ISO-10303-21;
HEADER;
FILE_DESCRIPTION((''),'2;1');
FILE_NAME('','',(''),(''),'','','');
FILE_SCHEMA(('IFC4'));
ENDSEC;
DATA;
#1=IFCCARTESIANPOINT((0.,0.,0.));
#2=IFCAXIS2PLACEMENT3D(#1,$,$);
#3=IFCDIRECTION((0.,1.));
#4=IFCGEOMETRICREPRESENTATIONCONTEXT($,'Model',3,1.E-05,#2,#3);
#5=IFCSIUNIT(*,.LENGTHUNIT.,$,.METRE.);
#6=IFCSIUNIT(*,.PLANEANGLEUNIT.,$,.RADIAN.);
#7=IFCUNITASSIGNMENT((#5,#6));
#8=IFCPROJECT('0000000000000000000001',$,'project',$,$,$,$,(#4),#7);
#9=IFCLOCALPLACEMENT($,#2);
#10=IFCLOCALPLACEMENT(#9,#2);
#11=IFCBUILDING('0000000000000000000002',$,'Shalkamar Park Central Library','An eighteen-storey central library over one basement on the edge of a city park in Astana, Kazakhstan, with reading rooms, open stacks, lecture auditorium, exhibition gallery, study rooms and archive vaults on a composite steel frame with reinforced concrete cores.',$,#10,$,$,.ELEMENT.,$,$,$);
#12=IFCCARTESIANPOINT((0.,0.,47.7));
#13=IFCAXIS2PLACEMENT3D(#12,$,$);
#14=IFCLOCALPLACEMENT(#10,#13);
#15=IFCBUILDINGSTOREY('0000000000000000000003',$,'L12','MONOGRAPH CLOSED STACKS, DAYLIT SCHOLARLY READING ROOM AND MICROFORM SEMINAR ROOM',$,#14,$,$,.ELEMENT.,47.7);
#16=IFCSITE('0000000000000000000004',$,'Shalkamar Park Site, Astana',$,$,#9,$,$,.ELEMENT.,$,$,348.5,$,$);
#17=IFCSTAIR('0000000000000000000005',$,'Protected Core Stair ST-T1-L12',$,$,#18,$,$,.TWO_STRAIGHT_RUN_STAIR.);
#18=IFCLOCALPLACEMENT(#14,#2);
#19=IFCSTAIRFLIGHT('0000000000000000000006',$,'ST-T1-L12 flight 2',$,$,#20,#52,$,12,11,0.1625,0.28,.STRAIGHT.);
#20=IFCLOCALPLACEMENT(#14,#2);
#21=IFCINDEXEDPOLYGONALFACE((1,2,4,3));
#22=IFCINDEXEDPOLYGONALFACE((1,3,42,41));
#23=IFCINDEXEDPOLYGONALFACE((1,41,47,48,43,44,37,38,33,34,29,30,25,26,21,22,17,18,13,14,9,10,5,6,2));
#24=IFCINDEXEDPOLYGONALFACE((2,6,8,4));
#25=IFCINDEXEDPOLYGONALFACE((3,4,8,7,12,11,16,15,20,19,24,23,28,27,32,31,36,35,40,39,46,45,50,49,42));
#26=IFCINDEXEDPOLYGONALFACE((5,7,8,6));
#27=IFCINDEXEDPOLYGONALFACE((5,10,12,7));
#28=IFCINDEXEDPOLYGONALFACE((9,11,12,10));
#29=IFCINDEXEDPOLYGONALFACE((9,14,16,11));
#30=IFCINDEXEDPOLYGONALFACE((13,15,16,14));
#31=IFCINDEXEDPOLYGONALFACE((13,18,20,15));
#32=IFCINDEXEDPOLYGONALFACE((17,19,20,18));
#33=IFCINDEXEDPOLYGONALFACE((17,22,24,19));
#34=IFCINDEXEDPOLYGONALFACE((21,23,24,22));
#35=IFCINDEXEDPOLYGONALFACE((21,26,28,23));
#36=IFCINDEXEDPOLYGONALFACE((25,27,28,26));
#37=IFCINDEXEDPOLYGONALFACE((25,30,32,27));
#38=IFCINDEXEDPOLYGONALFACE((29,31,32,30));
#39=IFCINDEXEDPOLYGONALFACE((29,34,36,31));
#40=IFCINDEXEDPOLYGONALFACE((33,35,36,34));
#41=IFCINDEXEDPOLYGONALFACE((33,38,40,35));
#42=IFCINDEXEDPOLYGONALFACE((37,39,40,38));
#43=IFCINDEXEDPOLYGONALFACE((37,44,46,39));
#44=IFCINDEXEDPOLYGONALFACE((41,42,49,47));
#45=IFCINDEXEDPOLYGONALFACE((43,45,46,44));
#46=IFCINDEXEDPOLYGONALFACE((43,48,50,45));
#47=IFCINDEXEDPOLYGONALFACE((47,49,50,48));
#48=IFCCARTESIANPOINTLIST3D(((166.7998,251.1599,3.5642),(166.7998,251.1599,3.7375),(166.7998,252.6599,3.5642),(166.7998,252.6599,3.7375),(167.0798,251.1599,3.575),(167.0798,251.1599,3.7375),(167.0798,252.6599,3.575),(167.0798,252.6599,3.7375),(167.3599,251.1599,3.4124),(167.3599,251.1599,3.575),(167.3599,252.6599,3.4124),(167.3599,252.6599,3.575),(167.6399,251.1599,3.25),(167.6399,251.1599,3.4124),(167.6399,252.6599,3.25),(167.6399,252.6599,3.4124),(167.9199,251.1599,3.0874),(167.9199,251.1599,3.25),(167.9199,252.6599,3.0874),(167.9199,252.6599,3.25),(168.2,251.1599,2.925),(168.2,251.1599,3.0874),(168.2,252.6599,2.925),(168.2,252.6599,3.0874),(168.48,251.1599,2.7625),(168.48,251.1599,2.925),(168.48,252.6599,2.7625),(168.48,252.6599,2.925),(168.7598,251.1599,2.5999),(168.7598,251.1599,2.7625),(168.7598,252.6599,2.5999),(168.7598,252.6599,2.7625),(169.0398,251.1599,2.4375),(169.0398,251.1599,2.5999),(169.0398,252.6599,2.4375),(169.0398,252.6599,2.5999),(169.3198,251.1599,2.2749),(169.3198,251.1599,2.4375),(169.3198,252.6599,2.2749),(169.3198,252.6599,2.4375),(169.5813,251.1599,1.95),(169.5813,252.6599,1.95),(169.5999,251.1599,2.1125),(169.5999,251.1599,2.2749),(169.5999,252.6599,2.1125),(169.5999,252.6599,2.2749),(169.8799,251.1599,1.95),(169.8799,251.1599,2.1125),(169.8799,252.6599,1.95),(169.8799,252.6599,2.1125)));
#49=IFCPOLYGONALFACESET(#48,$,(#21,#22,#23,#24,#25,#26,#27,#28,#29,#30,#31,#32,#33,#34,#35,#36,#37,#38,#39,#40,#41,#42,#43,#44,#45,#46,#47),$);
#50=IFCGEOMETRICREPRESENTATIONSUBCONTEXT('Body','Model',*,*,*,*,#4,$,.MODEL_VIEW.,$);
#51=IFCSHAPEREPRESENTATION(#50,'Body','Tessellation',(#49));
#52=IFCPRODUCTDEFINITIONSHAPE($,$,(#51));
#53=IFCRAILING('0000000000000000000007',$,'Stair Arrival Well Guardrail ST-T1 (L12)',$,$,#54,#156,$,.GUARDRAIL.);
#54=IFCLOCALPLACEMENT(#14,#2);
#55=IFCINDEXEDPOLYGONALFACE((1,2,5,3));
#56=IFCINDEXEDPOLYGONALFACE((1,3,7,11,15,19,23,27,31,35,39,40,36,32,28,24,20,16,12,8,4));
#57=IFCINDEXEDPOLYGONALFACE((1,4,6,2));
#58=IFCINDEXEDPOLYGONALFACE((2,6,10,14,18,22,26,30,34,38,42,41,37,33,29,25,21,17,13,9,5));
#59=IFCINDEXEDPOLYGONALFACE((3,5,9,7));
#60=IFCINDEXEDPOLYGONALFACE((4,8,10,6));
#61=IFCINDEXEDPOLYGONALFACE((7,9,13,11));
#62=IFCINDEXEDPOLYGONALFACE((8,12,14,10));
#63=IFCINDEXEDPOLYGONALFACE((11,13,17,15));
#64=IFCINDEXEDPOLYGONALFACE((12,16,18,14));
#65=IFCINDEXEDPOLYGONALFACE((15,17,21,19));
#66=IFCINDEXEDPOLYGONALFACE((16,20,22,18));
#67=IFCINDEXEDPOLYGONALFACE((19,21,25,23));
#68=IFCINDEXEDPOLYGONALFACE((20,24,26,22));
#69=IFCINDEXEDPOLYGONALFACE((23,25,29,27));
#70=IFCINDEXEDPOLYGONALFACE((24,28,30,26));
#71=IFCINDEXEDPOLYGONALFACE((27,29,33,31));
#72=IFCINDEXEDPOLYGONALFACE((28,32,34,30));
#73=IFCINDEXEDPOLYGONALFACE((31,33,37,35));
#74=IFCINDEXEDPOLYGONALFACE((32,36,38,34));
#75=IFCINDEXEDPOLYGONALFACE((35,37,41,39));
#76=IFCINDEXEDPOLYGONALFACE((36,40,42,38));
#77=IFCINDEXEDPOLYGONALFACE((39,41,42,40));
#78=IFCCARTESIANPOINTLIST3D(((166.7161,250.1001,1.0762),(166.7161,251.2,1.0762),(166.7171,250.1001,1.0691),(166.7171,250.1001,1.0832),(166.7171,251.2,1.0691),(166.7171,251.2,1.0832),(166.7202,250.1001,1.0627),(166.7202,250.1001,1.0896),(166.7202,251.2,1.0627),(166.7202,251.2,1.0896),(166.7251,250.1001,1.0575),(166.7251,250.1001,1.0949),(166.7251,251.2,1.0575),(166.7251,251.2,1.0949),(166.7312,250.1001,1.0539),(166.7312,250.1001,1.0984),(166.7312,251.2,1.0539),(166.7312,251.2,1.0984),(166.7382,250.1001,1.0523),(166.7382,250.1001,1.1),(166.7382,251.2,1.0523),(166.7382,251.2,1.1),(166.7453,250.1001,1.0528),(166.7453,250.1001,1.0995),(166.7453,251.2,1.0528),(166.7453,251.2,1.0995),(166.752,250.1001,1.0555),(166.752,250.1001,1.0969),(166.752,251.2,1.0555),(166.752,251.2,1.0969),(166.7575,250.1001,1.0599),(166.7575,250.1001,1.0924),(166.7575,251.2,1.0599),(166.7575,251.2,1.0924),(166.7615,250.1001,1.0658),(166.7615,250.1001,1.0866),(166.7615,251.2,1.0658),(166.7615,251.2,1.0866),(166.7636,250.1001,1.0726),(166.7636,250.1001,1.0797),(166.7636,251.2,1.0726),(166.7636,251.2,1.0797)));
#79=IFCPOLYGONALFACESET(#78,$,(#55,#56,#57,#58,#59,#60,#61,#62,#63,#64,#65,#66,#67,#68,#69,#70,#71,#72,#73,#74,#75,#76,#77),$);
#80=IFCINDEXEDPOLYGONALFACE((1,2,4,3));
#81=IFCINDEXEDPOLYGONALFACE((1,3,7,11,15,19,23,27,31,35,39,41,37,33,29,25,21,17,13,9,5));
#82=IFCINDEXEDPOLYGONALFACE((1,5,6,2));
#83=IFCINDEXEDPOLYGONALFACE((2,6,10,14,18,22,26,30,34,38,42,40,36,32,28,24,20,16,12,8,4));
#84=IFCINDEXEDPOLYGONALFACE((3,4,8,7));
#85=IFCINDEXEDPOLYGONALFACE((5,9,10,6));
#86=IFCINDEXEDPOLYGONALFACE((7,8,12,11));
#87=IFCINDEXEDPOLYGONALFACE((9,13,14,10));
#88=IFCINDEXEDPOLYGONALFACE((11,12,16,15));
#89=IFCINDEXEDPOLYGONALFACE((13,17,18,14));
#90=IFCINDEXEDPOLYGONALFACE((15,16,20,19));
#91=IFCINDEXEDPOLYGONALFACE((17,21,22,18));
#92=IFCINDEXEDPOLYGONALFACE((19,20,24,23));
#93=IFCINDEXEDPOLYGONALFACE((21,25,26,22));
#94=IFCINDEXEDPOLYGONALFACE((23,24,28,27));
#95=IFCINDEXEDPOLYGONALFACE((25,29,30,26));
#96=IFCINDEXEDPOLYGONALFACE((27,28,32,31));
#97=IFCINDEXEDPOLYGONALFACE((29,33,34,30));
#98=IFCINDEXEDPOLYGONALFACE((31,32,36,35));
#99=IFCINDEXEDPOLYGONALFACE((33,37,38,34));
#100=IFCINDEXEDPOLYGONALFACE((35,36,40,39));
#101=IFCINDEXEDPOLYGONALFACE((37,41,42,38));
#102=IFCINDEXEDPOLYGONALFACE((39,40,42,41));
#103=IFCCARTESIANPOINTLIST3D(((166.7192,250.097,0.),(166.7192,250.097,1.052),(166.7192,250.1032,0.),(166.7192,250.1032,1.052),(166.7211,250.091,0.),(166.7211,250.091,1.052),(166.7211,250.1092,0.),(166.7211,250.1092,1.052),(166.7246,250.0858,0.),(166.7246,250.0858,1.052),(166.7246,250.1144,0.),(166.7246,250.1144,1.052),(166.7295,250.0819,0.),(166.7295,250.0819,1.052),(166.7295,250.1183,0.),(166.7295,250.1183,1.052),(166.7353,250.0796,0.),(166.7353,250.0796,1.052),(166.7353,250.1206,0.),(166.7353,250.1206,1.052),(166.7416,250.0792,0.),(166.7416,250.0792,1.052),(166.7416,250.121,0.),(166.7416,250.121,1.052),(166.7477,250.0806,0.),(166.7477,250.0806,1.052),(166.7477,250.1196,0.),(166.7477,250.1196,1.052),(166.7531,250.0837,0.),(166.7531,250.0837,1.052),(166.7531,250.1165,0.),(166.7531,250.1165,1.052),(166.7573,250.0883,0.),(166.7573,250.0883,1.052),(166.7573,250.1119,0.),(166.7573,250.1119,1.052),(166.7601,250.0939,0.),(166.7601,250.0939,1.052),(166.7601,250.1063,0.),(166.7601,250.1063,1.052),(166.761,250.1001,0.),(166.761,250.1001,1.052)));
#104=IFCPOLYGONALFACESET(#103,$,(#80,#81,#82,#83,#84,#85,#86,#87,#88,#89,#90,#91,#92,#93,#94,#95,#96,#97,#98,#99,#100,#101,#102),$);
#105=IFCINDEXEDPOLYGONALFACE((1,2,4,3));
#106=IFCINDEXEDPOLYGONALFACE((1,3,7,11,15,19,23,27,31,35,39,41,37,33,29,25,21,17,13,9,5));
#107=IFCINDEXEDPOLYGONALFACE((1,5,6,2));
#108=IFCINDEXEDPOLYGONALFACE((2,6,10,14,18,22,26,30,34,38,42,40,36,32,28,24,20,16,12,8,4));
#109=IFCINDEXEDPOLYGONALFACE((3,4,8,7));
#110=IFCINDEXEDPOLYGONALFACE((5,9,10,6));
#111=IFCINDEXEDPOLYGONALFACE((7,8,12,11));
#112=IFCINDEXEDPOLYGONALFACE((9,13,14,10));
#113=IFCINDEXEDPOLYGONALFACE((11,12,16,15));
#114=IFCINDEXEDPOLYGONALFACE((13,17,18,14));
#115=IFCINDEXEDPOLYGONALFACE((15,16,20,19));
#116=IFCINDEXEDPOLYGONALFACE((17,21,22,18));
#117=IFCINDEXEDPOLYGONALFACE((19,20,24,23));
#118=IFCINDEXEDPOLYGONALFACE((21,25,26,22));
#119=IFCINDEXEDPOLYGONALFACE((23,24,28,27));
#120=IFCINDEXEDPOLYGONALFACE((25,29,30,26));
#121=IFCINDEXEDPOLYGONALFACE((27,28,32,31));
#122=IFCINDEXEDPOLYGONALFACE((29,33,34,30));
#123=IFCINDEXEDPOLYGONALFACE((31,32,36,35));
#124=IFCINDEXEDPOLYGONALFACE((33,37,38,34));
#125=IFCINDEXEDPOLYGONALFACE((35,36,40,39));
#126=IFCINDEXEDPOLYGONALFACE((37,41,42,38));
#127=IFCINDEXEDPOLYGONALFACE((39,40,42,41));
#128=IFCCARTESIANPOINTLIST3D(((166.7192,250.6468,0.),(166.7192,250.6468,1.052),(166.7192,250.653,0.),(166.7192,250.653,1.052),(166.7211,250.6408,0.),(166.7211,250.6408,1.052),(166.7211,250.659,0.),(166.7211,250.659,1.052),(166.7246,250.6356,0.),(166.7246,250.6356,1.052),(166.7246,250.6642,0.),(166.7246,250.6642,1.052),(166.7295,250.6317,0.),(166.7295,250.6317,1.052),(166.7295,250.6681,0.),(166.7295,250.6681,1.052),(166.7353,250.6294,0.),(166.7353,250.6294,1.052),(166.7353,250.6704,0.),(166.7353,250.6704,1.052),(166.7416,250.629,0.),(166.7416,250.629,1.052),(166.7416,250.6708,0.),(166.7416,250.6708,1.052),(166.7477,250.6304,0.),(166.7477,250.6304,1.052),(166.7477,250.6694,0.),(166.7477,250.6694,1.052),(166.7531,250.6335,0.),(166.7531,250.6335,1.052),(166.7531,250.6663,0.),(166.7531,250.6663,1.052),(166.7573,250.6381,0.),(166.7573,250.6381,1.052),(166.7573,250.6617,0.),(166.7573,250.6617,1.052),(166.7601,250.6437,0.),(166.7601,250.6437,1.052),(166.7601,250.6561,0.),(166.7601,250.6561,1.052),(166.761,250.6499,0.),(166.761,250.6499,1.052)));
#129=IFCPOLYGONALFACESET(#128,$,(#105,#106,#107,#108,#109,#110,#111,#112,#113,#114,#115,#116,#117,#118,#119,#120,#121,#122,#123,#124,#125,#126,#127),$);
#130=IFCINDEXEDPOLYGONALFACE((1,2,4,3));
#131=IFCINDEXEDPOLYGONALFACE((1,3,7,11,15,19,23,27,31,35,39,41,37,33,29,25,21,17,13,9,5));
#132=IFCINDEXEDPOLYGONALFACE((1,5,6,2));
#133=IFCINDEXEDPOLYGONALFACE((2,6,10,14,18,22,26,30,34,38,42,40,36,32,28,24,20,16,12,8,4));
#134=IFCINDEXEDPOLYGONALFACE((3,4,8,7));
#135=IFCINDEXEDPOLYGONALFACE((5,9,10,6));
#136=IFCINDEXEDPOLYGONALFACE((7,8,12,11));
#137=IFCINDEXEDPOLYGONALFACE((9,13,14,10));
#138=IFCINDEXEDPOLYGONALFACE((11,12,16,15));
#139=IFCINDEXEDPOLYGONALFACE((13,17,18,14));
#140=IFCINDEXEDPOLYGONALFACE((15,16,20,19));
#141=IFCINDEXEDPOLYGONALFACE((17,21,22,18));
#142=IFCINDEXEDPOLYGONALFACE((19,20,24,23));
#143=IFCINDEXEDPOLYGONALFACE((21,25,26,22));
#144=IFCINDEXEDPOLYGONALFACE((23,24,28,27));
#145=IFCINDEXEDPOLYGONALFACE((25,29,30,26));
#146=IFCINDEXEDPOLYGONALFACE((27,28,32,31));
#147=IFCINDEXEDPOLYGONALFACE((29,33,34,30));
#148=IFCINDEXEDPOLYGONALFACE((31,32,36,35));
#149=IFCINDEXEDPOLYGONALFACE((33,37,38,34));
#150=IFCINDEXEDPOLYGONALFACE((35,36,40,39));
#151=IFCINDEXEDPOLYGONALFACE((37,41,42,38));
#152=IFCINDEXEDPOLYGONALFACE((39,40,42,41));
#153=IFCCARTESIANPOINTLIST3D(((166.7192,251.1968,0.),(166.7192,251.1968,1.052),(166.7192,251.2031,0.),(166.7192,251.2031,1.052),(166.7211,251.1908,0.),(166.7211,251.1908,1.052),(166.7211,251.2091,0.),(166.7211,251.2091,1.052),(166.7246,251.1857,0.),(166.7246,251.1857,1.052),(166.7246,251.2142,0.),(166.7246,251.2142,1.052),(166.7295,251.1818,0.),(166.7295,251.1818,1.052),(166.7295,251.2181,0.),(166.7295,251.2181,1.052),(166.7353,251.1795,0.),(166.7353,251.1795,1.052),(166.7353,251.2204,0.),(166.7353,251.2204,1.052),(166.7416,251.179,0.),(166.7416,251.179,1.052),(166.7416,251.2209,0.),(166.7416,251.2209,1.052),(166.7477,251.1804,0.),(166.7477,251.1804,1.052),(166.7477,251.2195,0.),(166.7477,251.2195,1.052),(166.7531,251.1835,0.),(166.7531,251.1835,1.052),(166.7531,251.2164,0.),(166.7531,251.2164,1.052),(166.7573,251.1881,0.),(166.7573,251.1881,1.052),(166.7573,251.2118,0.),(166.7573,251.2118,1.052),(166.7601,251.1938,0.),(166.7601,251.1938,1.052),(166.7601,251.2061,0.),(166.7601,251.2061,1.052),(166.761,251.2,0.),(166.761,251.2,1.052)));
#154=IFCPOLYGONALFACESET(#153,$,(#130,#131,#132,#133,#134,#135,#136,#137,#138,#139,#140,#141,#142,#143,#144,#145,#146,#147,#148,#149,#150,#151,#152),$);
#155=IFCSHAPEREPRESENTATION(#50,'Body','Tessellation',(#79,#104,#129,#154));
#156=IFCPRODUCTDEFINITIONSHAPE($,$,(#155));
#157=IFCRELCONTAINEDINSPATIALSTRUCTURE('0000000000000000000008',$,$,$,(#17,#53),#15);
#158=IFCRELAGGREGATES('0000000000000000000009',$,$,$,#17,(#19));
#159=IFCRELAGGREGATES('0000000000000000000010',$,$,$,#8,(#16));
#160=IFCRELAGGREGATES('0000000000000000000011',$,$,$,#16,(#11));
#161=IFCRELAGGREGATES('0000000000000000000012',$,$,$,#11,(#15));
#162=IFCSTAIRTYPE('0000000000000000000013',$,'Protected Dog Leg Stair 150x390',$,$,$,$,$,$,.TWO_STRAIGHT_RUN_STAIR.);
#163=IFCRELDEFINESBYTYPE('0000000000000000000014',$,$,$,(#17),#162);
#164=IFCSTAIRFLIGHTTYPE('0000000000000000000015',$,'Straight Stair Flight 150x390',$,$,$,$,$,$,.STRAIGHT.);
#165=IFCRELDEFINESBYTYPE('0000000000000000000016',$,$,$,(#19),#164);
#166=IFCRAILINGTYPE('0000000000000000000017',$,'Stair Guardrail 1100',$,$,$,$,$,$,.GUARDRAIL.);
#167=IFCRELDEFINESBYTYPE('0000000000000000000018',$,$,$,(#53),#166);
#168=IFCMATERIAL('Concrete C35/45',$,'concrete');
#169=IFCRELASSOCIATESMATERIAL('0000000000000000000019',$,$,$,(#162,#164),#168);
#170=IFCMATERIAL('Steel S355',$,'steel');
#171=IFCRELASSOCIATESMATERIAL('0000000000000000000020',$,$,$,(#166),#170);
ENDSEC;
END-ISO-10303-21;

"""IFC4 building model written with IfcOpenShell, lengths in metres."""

from ifc_helpers import new_model, si_unit, direction, frame, origin, origin_2d, place, context, subcontext, project, spatial, polyline, circle, outline, extrude, material, type_object, element, aggregate, save


model = new_model("IFC4")

# Units and contexts
model_context = context("Model", 3, precision=1e-05, world=origin(), true_north=direction((0.0, 1.0)))
body_context = subcontext(model_context, "Body", "Model", "MODEL_VIEW")
ifc_project = project(units=[si_unit("LENGTHUNIT", "METRE"), si_unit("PLANEANGLEUNIT", "RADIAN")], contexts=[model_context])

# Site, building, storey
site_placement = place(None, origin())
site = spatial("IfcSite", under=ifc_project, at=site_placement, Name="Shalkamar Park Site, Astana", CompositionType="ELEMENT", RefElevation=348.5)
building_placement = place(site_placement, origin())
building = spatial("IfcBuilding", under=site, at=building_placement, Name="Shalkamar Park Central Library", Description="An eighteen-storey central library over one basement on the edge of a city park in Astana, Kazakhstan, with reading rooms, open stacks, lecture auditorium, exhibition gallery, study rooms and archive vaults on a composite steel frame with reinforced concrete cores.", CompositionType="ELEMENT")
storey_placement = place(building_placement, frame((0.0, 0.0, 47.7)))
storey = spatial("IfcBuildingStorey", under=building, at=storey_placement, Name="L12", Description="MONOGRAPH CLOSED STACKS, DAYLIT SCHOLARLY READING ROOM AND MICROFORM SEMINAR ROOM", CompositionType="ELEMENT", Elevation=47.7)

# Shared definitions
ifc_material_1 = material(Name="Steel S355", Category="steel")

# Stair, stair flight
ifc_material_2 = material(Name="Concrete C35/45", Category="concrete")
stair_type = type_object("IfcStairType", Name="Protected Dog Leg Stair 150x390", PredefinedType="TWO_STRAIGHT_RUN_STAIR", material=ifc_material_2)
stair_placement = place(storey_placement, origin())
stair = element("IfcStair", 1, at=stair_placement, inside=storey, type_object=stair_type, Name="Protected Core Stair ST-T1-L12", PredefinedType="TWO_STRAIGHT_RUN_STAIR")
stair_flight_type = type_object("IfcStairFlightType", Name="Straight Stair Flight 150x390", PredefinedType="STRAIGHT", material=ifc_material_2)
stair_flight_1_placement = place(storey_placement, frame((169.8799, 251.9099, 1.95), z_axis=(0.0, 0.0, 1.0), x_axis=(-1.0, 0.0, 0.0)))
stair_flight_1 = element("IfcStairFlight", 2, at=stair_flight_1_placement, type_object=stair_flight_type, Name="ST-T1-L12 flight 2", NumberOfRisers=12, NumberOfTreads=11, PredefinedType="STRAIGHT", RiserHeight=0.1625, TreadLength=0.28, context=body_context, shape_type="SweptSolid", body=[
    extrude(outline(polyline([(0.0, 0.0), (0.0, 0.1626), (0.28, 0.1626), (0.28, 0.325), (0.5601, 0.325), (0.5601, 0.4875), (0.8401, 0.4875), (0.8401, 0.6499), (1.1201, 0.6499), (1.1201, 0.8125), (1.3999, 0.8125), (1.3999, 0.9751), (1.6799, 0.9751), (1.6799, 1.1375), (1.96, 1.1375), (1.96, 1.3), (2.24, 1.3), (2.24, 1.4624), (2.52, 1.4624), (2.52, 1.625), (2.8, 1.625), (2.8, 1.7876), (3.0801, 1.7876), (3.0801, 1.95), (3.0801, 1.6143), (0.2986, 0.0), (0.0, 0.0)])), frame((0.0, 0.75, 0.0), z_axis=(0.0, -1.0, 0.0), x_axis=(1.0, 0.0, 0.0)), (0.0, 0.0, 1.0), 1.5),
])
aggregate(stair, [stair_flight_1])

# Railing
railing_type_1 = type_object("IfcRailingType", Name="Stair Guardrail 1100", PredefinedType="GUARDRAIL", material=ifc_material_1)
railing_1_placement = place(storey_placement, frame((166.74, 250.1001, 0.0)))
element("IfcRailing", 3, at=railing_1_placement, inside=storey, type_object=railing_type_1, Name="Stair Arrival Well Guardrail ST-T1 (L12)", PredefinedType="GUARDRAIL", context=body_context, shape_type="SweptSolid", body=[
    extrude(circle(Radius=0.0239, at=origin_2d()), frame((0.0, 0.0, 1.0762), z_axis=(0.0, 1.0, 0.0), x_axis=(-1.0, 0.0, 0.0)), (0.0, 0.0, 1.0), 1.0999),
    extrude(circle(Radius=0.021, at=origin_2d()), origin(), (0.0, 0.0, 1.0), 1.052),
    extrude(circle(Radius=0.021, at=origin_2d()), frame((0.0, 0.5498, 0.0)), (0.0, 0.0, 1.0), 1.052),
    extrude(circle(Radius=0.021, at=origin_2d()), frame((0.0, 1.0999, 0.0)), (0.0, 0.0, 1.0), 1.052),
])

save(model, "model.ifc")
